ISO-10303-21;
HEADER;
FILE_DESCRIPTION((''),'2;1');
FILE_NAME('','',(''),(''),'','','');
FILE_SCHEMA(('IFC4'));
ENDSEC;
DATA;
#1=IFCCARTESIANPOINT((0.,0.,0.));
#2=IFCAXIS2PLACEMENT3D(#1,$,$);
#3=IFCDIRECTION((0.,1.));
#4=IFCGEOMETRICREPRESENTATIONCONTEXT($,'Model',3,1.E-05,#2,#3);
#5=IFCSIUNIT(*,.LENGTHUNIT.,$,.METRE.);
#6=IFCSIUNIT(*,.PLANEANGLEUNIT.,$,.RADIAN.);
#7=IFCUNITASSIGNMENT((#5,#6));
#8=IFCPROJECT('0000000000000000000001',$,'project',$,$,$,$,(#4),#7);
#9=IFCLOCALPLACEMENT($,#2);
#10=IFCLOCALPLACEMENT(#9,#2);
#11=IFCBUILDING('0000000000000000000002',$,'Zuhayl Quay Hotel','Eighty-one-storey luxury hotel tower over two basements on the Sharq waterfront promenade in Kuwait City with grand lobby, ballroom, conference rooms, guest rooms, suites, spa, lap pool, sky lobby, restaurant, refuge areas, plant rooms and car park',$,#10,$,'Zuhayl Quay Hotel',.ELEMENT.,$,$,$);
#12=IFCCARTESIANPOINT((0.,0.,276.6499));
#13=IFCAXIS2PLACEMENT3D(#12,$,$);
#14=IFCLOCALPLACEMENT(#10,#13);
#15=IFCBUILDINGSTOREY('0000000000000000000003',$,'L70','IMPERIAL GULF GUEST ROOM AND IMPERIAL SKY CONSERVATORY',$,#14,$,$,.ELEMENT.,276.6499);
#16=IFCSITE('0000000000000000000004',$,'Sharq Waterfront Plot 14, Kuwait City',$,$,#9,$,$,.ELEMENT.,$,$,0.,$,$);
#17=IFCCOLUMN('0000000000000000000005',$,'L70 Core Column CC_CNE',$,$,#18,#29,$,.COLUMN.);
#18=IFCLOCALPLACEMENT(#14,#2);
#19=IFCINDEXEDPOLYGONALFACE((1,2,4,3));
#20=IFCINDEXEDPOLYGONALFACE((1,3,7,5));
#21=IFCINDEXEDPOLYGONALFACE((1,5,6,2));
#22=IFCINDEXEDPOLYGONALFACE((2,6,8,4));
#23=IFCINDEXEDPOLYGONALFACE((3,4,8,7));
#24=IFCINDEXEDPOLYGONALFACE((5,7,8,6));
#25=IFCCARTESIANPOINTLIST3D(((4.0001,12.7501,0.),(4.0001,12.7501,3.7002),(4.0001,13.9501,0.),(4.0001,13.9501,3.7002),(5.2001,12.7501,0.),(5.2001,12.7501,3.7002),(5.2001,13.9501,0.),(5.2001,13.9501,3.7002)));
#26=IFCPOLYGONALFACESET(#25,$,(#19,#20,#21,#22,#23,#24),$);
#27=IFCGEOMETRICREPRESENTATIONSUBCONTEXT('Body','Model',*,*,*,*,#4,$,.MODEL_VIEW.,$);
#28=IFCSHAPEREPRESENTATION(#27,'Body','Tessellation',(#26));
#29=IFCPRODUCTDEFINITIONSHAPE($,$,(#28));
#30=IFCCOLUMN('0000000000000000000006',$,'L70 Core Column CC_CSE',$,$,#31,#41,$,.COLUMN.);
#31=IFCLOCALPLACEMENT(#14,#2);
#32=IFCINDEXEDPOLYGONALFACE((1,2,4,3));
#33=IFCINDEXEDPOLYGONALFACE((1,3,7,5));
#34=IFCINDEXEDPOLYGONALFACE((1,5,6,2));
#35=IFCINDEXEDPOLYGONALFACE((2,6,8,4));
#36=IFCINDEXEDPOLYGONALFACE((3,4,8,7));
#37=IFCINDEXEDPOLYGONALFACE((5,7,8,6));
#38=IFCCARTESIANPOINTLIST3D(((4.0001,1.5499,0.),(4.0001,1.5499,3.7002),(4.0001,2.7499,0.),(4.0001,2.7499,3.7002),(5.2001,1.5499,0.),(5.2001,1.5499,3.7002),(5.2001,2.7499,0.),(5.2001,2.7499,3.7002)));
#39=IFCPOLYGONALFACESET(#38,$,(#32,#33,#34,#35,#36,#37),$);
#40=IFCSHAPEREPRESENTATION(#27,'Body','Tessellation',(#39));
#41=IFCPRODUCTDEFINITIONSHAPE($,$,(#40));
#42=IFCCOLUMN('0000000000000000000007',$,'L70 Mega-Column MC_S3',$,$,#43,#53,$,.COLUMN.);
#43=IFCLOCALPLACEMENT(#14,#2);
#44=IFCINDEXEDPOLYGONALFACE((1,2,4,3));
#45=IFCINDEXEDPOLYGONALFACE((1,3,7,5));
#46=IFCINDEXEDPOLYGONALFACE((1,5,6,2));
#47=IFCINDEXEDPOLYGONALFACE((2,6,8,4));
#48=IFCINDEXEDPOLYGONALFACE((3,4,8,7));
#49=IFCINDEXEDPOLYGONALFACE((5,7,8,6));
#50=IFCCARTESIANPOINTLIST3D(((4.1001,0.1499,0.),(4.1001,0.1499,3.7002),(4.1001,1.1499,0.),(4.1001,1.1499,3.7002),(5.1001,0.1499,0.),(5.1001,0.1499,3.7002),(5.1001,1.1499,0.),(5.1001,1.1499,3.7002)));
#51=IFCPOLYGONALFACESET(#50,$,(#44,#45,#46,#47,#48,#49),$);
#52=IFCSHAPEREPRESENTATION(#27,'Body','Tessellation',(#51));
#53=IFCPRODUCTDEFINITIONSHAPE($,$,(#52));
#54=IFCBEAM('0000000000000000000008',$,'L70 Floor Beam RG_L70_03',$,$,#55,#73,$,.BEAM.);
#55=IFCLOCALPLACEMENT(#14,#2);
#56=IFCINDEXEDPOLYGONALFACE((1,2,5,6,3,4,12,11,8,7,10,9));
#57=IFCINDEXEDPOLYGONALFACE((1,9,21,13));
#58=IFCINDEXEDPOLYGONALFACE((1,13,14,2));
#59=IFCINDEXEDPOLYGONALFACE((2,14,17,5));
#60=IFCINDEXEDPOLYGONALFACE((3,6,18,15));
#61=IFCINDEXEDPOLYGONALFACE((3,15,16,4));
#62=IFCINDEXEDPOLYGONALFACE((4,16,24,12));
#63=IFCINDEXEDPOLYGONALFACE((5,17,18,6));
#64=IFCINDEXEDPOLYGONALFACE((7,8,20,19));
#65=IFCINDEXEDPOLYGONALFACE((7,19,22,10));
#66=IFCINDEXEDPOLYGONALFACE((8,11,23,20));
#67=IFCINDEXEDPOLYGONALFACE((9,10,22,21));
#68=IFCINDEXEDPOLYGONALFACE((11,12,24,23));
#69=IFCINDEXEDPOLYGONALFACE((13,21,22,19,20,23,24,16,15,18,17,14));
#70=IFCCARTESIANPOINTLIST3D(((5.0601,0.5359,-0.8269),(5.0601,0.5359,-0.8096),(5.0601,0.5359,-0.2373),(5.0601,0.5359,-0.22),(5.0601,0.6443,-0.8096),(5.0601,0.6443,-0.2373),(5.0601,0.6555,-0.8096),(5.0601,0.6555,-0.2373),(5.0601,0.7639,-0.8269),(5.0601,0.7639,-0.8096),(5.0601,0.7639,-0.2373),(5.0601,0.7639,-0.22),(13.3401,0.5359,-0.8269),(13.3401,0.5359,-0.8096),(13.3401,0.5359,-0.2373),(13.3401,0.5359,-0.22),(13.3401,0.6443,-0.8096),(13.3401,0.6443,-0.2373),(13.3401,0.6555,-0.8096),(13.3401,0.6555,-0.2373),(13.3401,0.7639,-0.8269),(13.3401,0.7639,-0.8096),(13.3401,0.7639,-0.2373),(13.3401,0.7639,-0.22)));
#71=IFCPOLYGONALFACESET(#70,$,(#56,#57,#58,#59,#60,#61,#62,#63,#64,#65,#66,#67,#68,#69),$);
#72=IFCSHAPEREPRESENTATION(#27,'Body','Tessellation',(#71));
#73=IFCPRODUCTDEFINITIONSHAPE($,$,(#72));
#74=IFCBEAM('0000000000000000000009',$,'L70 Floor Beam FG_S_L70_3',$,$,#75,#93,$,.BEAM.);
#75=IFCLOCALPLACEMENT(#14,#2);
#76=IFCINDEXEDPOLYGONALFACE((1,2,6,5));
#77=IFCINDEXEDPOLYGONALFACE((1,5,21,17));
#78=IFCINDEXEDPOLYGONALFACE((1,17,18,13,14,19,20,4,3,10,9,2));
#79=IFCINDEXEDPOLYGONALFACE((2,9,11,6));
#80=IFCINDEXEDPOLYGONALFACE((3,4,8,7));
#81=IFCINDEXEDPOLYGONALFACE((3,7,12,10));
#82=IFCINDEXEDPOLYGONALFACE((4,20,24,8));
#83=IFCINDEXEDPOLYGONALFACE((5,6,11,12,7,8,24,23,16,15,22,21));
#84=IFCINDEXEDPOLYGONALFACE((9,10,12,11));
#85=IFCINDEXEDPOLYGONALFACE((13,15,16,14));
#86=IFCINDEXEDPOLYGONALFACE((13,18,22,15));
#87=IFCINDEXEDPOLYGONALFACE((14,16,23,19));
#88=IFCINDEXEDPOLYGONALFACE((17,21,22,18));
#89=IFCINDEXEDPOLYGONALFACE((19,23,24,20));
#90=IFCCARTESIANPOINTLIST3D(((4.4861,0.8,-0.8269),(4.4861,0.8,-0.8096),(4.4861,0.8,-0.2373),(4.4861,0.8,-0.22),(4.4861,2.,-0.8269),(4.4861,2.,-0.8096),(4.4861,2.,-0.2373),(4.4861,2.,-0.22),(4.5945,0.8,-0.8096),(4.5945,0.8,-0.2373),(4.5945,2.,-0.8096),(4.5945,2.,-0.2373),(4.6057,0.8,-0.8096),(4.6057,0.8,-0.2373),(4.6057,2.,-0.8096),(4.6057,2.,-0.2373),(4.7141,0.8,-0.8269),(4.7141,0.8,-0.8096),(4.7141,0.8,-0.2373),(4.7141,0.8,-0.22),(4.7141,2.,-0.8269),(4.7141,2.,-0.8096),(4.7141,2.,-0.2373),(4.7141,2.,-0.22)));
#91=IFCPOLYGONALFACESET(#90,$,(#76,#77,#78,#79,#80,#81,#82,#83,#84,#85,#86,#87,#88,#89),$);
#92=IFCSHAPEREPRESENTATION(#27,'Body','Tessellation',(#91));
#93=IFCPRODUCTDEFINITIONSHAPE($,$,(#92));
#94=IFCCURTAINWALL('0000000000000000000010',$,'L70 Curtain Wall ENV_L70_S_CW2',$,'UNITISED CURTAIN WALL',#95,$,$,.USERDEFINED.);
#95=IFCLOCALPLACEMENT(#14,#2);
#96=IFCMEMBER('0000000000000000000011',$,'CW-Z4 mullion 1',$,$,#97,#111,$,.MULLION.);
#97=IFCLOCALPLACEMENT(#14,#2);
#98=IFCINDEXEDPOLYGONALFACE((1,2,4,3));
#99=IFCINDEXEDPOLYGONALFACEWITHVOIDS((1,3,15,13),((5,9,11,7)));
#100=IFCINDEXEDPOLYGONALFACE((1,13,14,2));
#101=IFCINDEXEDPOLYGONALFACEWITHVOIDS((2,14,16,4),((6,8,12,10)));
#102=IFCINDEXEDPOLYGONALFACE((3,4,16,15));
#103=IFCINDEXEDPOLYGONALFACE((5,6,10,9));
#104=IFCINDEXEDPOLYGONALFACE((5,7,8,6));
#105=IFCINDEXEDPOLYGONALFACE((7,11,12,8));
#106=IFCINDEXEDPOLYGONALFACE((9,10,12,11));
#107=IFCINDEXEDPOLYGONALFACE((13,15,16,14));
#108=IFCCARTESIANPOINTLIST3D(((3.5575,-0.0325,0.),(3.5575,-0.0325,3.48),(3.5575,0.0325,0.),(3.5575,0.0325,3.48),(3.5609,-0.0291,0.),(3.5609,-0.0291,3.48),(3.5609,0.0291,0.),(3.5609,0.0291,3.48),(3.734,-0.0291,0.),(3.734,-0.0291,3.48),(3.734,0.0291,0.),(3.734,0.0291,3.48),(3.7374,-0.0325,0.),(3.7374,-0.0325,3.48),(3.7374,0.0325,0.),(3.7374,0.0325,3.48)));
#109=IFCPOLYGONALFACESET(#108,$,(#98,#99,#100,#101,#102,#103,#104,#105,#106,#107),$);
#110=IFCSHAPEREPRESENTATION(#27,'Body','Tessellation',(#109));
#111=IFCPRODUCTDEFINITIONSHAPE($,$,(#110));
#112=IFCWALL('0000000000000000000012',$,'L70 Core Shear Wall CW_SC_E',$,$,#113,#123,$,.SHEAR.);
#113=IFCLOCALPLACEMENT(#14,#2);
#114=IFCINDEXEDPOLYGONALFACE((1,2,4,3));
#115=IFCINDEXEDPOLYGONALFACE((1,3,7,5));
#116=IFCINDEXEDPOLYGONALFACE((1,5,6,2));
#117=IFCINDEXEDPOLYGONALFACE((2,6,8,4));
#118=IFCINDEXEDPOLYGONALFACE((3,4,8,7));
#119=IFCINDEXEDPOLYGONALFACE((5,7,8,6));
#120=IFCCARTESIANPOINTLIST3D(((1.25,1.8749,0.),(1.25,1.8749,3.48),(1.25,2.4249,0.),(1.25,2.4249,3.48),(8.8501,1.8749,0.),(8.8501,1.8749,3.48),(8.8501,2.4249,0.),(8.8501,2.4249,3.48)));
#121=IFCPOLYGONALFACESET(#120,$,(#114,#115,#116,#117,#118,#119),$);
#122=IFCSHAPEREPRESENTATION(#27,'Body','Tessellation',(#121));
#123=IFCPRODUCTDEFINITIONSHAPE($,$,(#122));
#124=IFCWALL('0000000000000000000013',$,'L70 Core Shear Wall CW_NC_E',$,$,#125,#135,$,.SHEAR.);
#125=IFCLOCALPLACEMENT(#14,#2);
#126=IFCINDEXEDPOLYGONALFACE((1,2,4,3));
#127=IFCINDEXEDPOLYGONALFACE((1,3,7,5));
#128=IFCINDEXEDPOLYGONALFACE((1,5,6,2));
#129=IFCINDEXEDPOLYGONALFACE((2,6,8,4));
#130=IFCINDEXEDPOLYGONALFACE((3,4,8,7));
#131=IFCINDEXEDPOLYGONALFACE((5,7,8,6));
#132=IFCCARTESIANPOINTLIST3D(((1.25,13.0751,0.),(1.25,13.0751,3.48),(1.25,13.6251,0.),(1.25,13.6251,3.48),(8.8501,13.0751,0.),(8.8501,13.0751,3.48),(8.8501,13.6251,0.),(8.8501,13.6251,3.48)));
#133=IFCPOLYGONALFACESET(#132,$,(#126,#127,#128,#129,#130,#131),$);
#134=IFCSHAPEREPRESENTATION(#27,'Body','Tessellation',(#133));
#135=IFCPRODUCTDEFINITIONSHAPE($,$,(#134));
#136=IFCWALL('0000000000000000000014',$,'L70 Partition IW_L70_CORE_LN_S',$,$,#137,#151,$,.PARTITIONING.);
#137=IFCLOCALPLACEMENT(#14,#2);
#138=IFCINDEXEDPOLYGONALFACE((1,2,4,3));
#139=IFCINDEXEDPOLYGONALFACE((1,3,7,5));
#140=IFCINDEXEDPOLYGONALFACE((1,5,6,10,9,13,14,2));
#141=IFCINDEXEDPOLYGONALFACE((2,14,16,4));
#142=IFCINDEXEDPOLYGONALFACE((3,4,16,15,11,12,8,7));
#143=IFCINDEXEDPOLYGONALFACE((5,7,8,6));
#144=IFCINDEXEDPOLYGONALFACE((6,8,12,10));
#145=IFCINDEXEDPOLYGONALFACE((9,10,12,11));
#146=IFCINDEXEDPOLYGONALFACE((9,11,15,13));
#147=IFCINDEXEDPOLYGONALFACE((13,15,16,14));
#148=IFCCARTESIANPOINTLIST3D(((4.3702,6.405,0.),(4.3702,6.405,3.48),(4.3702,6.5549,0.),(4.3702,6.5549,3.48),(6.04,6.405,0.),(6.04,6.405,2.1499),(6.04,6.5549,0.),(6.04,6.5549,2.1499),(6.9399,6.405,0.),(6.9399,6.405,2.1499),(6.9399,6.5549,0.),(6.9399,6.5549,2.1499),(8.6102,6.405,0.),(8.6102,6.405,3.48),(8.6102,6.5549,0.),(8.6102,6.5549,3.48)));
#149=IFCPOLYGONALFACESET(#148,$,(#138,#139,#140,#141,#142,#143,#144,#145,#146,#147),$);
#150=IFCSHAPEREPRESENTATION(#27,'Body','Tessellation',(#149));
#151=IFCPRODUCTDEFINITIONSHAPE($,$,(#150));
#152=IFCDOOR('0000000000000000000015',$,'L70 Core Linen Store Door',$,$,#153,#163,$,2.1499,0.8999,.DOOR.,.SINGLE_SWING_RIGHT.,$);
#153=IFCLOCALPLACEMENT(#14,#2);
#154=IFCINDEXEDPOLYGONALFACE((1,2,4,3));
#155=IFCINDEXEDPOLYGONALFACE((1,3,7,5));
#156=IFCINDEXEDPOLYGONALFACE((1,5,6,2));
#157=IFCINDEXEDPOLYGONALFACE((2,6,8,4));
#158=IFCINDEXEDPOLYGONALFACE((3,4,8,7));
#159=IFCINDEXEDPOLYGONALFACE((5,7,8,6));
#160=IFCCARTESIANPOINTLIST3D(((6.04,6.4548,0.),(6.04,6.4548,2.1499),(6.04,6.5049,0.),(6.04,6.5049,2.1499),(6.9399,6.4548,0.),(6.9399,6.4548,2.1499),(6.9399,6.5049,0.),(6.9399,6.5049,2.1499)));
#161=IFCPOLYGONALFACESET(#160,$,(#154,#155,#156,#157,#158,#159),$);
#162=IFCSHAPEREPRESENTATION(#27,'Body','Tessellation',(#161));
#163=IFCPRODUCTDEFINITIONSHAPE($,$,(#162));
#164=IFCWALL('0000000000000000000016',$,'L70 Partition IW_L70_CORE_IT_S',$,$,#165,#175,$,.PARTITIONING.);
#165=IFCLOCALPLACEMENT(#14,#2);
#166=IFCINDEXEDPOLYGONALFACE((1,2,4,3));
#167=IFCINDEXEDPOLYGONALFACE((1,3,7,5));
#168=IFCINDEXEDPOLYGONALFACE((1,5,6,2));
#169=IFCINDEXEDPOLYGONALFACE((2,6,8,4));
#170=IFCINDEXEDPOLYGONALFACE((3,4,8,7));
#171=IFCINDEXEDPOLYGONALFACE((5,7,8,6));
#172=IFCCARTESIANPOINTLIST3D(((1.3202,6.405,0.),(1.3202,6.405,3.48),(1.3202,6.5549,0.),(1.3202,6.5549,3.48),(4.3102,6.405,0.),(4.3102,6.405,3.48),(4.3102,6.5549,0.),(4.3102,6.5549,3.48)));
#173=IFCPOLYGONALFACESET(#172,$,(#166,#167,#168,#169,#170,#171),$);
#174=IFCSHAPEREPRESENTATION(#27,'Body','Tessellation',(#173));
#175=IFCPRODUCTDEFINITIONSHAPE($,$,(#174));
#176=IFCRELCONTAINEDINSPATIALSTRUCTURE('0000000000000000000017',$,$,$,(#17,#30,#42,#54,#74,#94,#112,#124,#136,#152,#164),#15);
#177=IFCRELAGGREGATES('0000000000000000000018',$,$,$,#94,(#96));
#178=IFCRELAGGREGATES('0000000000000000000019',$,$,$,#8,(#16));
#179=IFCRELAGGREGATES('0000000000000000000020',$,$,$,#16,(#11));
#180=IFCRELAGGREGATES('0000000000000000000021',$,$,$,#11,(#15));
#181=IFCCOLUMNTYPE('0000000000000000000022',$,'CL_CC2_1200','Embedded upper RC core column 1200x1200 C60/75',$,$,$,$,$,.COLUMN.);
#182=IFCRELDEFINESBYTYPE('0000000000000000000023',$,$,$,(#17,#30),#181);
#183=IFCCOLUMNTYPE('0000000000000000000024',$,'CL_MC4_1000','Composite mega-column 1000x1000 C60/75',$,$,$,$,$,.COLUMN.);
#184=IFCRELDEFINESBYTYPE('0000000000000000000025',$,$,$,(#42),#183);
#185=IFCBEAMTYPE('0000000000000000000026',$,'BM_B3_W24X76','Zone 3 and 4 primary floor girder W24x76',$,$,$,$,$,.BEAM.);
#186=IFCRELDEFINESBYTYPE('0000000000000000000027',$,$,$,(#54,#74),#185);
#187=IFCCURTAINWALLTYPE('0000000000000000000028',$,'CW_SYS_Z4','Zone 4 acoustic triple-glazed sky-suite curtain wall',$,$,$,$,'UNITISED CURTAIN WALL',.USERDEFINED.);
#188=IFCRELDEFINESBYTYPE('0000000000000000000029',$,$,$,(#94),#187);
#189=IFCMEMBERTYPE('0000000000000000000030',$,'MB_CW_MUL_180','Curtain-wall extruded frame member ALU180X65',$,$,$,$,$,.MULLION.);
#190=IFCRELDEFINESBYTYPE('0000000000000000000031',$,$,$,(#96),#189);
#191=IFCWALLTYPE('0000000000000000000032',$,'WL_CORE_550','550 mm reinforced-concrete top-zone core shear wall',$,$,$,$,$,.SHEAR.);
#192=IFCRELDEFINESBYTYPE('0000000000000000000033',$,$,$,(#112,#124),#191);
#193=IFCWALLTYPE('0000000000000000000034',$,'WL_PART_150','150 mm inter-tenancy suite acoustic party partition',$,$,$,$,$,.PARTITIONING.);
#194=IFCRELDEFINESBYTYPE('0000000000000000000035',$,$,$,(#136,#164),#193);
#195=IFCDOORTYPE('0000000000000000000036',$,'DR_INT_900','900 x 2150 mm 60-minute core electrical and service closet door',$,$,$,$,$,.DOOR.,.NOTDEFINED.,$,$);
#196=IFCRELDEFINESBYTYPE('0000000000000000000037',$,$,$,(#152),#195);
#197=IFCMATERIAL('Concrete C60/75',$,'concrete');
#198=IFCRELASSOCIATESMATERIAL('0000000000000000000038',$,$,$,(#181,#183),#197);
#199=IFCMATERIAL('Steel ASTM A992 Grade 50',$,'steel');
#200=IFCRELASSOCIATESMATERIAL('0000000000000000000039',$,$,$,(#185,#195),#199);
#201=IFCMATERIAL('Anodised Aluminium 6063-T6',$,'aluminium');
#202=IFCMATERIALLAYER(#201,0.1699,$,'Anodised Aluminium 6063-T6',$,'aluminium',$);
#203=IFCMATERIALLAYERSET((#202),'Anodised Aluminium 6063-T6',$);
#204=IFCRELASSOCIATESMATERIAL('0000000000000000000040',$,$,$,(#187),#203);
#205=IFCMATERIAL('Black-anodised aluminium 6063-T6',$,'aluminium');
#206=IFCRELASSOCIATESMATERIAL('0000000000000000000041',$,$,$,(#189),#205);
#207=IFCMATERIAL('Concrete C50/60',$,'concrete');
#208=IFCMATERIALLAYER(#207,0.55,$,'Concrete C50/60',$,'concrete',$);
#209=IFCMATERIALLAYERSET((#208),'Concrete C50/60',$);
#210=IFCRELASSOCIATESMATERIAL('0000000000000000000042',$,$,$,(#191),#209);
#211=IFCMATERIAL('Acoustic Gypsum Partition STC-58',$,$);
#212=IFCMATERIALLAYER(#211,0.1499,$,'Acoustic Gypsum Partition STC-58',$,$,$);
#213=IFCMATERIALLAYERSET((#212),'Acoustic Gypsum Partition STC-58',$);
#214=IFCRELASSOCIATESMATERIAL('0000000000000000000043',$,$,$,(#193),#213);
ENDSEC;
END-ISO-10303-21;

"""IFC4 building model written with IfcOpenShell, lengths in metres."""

from ifc_helpers import new_model, si_unit, direction, frame, frame_2d, origin, origin_2d, place, context, subcontext, project, spatial, rectangle, hollow_rectangle, i_section, extrude, material, layer, layer_set, material_profile, profile_set, type_object, element, fill, aggregate, save


model = new_model("IFC4")

# Units and contexts
model_context = context("Model", 3, precision=1e-05, world=origin(), true_north=direction((0.0, 1.0)))
body_context = subcontext(model_context, "Body", "Model", "MODEL_VIEW")
ifc_project = project(units=[si_unit("LENGTHUNIT", "METRE"), si_unit("PLANEANGLEUNIT", "RADIAN")], contexts=[model_context])

# Site, building, storey
site_placement = place(None, origin())
site = spatial("IfcSite", under=ifc_project, at=site_placement, Name="Sharq Waterfront Plot 14, Kuwait City", CompositionType="ELEMENT", RefElevation=0.0)
building_placement = place(site_placement, origin())
building = spatial("IfcBuilding", under=site, at=building_placement, Name="Zuhayl Quay Hotel", Description="Eighty-one-storey luxury hotel tower over two basements on the Sharq waterfront promenade in Kuwait City with grand lobby, ballroom, conference rooms, guest rooms, suites, spa, lap pool, sky lobby, restaurant, refuge areas, plant rooms and car park", LongName="Zuhayl Quay Hotel", CompositionType="ELEMENT")
storey_placement = place(building_placement, frame((0.0, 0.0, 276.6499)))
storey = spatial("IfcBuildingStorey", under=building, at=storey_placement, Name="L70", Description="IMPERIAL GULF GUEST ROOM AND IMPERIAL SKY CONSERVATORY", CompositionType="ELEMENT", Elevation=276.6499)

# Columns
ifc_material_1 = material(Name="Concrete C60/75", Category="concrete")
ifc_material_profile_1 = material_profile(ifc_material_1, rectangle(XDim=1.2, YDim=1.2, at=origin_2d()), Name="RC1200X1200")
ifc_profile_set_1 = profile_set([ifc_material_profile_1], Name="Concrete C60/75")
column_type_1 = type_object("IfcColumnType", Name="CL_CC2_1200", Description="Embedded upper RC core column 1200x1200 C60/75", PredefinedType="COLUMN", material=ifc_profile_set_1)
for number, where, z_axis, x_axis, name in (
    (1, (4.6001, 13.3501, 0.0), (0.0, 0.0, 1.0), (1.0, 0.0, 0.0), "L70 Core Column CC_CNE"),
    (2, (4.6001, 2.1499, 0.0), (0.0, 0.0, 1.0), (1.0, 0.0, 0.0), "L70 Core Column CC_CSE"),
):
    element("IfcColumn", number, at=place(storey_placement, frame(where, z_axis=z_axis, x_axis=x_axis)), inside=storey, type_object=column_type_1, Name=name, PredefinedType="COLUMN", context=body_context, shape_type="SweptSolid", body=[
        extrude(rectangle(XDim=1.2, YDim=1.2, at=origin_2d()), origin(), (0.0, 0.0, 1.0), 3.7002),
    ])
ifc_material_profile_2 = material_profile(ifc_material_1, rectangle(XDim=1.0, YDim=1.0, at=origin_2d()), Name="RC1000X1000")
ifc_profile_set_2 = profile_set([ifc_material_profile_2], Name="Concrete C60/75")
column_type_2 = type_object("IfcColumnType", Name="CL_MC4_1000", Description="Composite mega-column 1000x1000 C60/75", PredefinedType="COLUMN", material=ifc_profile_set_2)
column_placement = place(storey_placement, frame((4.6001, 0.6499, 0.0), z_axis=(0.0, 0.0, 1.0), x_axis=(1.0, 0.0, 0.0)))
element("IfcColumn", 3, at=column_placement, inside=storey, type_object=column_type_2, Name="L70 Mega-Column MC_S3", PredefinedType="COLUMN", context=body_context, shape_type="SweptSolid", body=[
    extrude(rectangle(XDim=1.0, YDim=1.0, at=origin_2d()), origin(), (0.0, 0.0, 1.0), 3.7002),
])

# Beams
ifc_material_2 = material(Name="Steel ASTM A992 Grade 50", Category="steel")
ifc_material_profile_3 = material_profile(ifc_material_2, i_section(OverallWidth=0.228, OverallDepth=0.6069, WebThickness=0.0112, FlangeThickness=0.0173, at=origin_2d()), Name="W24X76")
ifc_profile_set_3 = profile_set([ifc_material_profile_3], Name="Steel ASTM A992 Grade 50")
beam_type = type_object("IfcBeamType", Name="BM_B3_W24X76", Description="Zone 3 and 4 primary floor girder W24x76", PredefinedType="BEAM", material=ifc_profile_set_3)
beam_1_placement = place(storey_placement, frame((5.0601, 0.6499, -0.5234), z_axis=(1.0, 0.0, 0.0), x_axis=(0.0, 1.0, 0.0)))
element("IfcBeam", 4, at=beam_1_placement, inside=storey, type_object=beam_type, Name="L70 Floor Beam RG_L70_03", PredefinedType="BEAM", context=body_context, shape_type="SweptSolid", body=[
    extrude(i_section(OverallWidth=0.228, OverallDepth=0.6069, WebThickness=0.0112, FlangeThickness=0.0173, at=origin_2d()), origin(), (0.0, 0.0, 1.0), 8.28),
])
beam_2_placement = place(storey_placement, frame((4.6001, 0.8, -0.5234), z_axis=(0.0, 1.0, 0.0), x_axis=(-1.0, 0.0, 0.0)))
element("IfcBeam", 5, at=beam_2_placement, inside=storey, type_object=beam_type, Name="L70 Floor Beam FG_S_L70_3", PredefinedType="BEAM", context=body_context, shape_type="SweptSolid", body=[
    extrude(i_section(OverallWidth=0.228, OverallDepth=0.6069, WebThickness=0.0112, FlangeThickness=0.0173, at=origin_2d()), origin(), (0.0, 0.0, 1.0), 1.2),
])

# Curtain wall, member
ifc_material_3 = material(Name="Anodised Aluminium 6063-T6", Category="aluminium")
ifc_layer_1 = layer(ifc_material_3, 0.1699, Name="Anodised Aluminium 6063-T6", Category="aluminium")
ifc_layer_set_1 = layer_set([ifc_layer_1], Name="Anodised Aluminium 6063-T6")
curtain_wall_type = type_object("IfcCurtainWallType", Name="CW_SYS_Z4", Description="Zone 4 acoustic triple-glazed sky-suite curtain wall", ElementType="UNITISED CURTAIN WALL", PredefinedType="USERDEFINED", material=ifc_layer_set_1)
curtain_wall_placement = place(storey_placement, origin())
curtain_wall = element("IfcCurtainWall", 6, at=curtain_wall_placement, inside=storey, type_object=curtain_wall_type, Name="L70 Curtain Wall ENV_L70_S_CW2", ObjectType="UNITISED CURTAIN WALL", PredefinedType="USERDEFINED")
ifc_material_4 = material(Name="Black-anodised aluminium 6063-T6", Category="aluminium")
ifc_material_profile_4 = material_profile(ifc_material_4, hollow_rectangle(XDim=0.0649, YDim=0.1799, WallThickness=0.0034, at=origin_2d()), Name="ALU180X65")
ifc_profile_set_4 = profile_set([ifc_material_profile_4], Name="Black-anodised aluminium 6063-T6")
member_type = type_object("IfcMemberType", Name="MB_CW_MUL_180", Description="Curtain-wall extruded frame member ALU180X65", PredefinedType="MULLION", material=ifc_profile_set_4)
member_placement = place(storey_placement, frame((3.6475, 0.0, 0.0), z_axis=(0.0, 0.0, 1.0), x_axis=(0.0, -1.0, 0.0)))
member = element("IfcMember", 7, at=member_placement, type_object=member_type, Name="CW-Z4 mullion 1", PredefinedType="MULLION", context=body_context, shape_type="SweptSolid", body=[
    extrude(hollow_rectangle(XDim=0.0649, YDim=0.1799, WallThickness=0.0034, at=origin_2d()), origin(), (0.0, 0.0, 1.0), 3.48),
])
aggregate(curtain_wall, [member])

# Walls
ifc_material_5 = material(Name="Concrete C50/60", Category="concrete")
ifc_layer_2 = layer(ifc_material_5, 0.55, Name="Concrete C50/60", Category="concrete")
ifc_layer_set_2 = layer_set([ifc_layer_2], Name="Concrete C50/60")
wall_type_1 = type_object("IfcWallType", Name="WL_CORE_550", Description="550 mm reinforced-concrete top-zone core shear wall", PredefinedType="SHEAR", material=ifc_layer_set_2)
for number, where, z_axis, x_axis, name in (
    (8, (1.25, 2.1499, 0.0), (0.0, 0.0, 1.0), (1.0, 0.0, 0.0), "L70 Core Shear Wall CW_SC_E"),
    (9, (1.25, 13.3501, 0.0), (0.0, 0.0, 1.0), (1.0, 0.0, 0.0), "L70 Core Shear Wall CW_NC_E"),
):
    element("IfcWall", number, at=place(storey_placement, frame(where, z_axis=z_axis, x_axis=x_axis)), inside=storey, type_object=wall_type_1, Name=name, PredefinedType="SHEAR", context=body_context, shape_type="SweptSolid", body=[
        extrude(rectangle(XDim=7.6001, YDim=0.55, at=frame_2d((3.8, 0.0))), origin(), (0.0, 0.0, 1.0), 3.48),
    ])

# Wall, opening, door
ifc_material_6 = material(Name="Acoustic Gypsum Partition STC-58")
ifc_layer_3 = layer(ifc_material_6, 0.1499, Name="Acoustic Gypsum Partition STC-58")
ifc_layer_set_3 = layer_set([ifc_layer_3], Name="Acoustic Gypsum Partition STC-58")
wall_type_2 = type_object("IfcWallType", Name="WL_PART_150", Description="150 mm inter-tenancy suite acoustic party partition", PredefinedType="PARTITIONING", material=ifc_layer_set_3)
door_type_1 = type_object("IfcDoorType", Name="DR_INT_900", Description="900 x 2150 mm 60-minute core electrical and service closet door", OperationType="NOTDEFINED", PredefinedType="DOOR", material=ifc_material_2)
wall_1_placement = place(storey_placement, frame((4.3701, 6.48, 0.0), z_axis=(0.0, 0.0, 1.0), x_axis=(1.0, 0.0, 0.0)))
wall_1 = element("IfcWall", 10, at=wall_1_placement, inside=storey, type_object=wall_type_2, Name="L70 Partition IW_L70_CORE_LN_S", PredefinedType="PARTITIONING", context=body_context, shape_type="SweptSolid", body=[
    extrude(rectangle(XDim=4.24, YDim=0.1499, at=frame_2d((2.1201, 0.0))), origin(), (0.0, 0.0, 1.0), 3.48),
])
opening_1_placement = place(wall_1_placement, frame((1.6699, 0.0, 0.0)))
opening_1 = element("IfcOpeningElement", 11, at=opening_1_placement, cuts=wall_1, PredefinedType="OPENING", context=body_context, shape_type="SweptSolid", body=[
    extrude(rectangle(XDim=0.8999, YDim=2.1499, at=frame_2d((0.45, 1.075))), frame((0.0, 0.085, 0.0), z_axis=(0.0, -1.0, 0.0), x_axis=(1.0, 0.0, 0.0)), (0.0, 0.0, 1.0), 0.1699),
])
door_1_placement = place(opening_1_placement, origin())
door_1 = element("IfcDoor", 12, at=door_1_placement, inside=storey, type_object=door_type_1, Name="L70 Core Linen Store Door", OperationType="SINGLE_SWING_RIGHT", OverallHeight=2.1499, OverallWidth=0.8999, PredefinedType="DOOR", context=body_context, shape_type="SweptSolid", body=[
    extrude(rectangle(XDim=0.8999, YDim=2.1499, at=frame_2d((0.45, 1.075))), frame((0.0, 0.0249, 0.0), z_axis=(0.0, -1.0, 0.0), x_axis=(1.0, 0.0, 0.0)), (0.0, 0.0, 1.0), 0.05),
])
fill(opening_1, door_1)

# Wall
wall_2_placement = place(storey_placement, frame((1.3201, 6.48, 0.0), z_axis=(0.0, 0.0, 1.0), x_axis=(1.0, 0.0, 0.0)))
element("IfcWall", 13, at=wall_2_placement, inside=storey, type_object=wall_type_2, Name="L70 Partition IW_L70_CORE_IT_S", PredefinedType="PARTITIONING", context=body_context, shape_type="SweptSolid", body=[
    extrude(rectangle(XDim=2.99, YDim=0.1499, at=frame_2d((1.4951, 0.0))), origin(), (0.0, 0.0, 1.0), 3.48),
])

save(model, "model.ifc")
